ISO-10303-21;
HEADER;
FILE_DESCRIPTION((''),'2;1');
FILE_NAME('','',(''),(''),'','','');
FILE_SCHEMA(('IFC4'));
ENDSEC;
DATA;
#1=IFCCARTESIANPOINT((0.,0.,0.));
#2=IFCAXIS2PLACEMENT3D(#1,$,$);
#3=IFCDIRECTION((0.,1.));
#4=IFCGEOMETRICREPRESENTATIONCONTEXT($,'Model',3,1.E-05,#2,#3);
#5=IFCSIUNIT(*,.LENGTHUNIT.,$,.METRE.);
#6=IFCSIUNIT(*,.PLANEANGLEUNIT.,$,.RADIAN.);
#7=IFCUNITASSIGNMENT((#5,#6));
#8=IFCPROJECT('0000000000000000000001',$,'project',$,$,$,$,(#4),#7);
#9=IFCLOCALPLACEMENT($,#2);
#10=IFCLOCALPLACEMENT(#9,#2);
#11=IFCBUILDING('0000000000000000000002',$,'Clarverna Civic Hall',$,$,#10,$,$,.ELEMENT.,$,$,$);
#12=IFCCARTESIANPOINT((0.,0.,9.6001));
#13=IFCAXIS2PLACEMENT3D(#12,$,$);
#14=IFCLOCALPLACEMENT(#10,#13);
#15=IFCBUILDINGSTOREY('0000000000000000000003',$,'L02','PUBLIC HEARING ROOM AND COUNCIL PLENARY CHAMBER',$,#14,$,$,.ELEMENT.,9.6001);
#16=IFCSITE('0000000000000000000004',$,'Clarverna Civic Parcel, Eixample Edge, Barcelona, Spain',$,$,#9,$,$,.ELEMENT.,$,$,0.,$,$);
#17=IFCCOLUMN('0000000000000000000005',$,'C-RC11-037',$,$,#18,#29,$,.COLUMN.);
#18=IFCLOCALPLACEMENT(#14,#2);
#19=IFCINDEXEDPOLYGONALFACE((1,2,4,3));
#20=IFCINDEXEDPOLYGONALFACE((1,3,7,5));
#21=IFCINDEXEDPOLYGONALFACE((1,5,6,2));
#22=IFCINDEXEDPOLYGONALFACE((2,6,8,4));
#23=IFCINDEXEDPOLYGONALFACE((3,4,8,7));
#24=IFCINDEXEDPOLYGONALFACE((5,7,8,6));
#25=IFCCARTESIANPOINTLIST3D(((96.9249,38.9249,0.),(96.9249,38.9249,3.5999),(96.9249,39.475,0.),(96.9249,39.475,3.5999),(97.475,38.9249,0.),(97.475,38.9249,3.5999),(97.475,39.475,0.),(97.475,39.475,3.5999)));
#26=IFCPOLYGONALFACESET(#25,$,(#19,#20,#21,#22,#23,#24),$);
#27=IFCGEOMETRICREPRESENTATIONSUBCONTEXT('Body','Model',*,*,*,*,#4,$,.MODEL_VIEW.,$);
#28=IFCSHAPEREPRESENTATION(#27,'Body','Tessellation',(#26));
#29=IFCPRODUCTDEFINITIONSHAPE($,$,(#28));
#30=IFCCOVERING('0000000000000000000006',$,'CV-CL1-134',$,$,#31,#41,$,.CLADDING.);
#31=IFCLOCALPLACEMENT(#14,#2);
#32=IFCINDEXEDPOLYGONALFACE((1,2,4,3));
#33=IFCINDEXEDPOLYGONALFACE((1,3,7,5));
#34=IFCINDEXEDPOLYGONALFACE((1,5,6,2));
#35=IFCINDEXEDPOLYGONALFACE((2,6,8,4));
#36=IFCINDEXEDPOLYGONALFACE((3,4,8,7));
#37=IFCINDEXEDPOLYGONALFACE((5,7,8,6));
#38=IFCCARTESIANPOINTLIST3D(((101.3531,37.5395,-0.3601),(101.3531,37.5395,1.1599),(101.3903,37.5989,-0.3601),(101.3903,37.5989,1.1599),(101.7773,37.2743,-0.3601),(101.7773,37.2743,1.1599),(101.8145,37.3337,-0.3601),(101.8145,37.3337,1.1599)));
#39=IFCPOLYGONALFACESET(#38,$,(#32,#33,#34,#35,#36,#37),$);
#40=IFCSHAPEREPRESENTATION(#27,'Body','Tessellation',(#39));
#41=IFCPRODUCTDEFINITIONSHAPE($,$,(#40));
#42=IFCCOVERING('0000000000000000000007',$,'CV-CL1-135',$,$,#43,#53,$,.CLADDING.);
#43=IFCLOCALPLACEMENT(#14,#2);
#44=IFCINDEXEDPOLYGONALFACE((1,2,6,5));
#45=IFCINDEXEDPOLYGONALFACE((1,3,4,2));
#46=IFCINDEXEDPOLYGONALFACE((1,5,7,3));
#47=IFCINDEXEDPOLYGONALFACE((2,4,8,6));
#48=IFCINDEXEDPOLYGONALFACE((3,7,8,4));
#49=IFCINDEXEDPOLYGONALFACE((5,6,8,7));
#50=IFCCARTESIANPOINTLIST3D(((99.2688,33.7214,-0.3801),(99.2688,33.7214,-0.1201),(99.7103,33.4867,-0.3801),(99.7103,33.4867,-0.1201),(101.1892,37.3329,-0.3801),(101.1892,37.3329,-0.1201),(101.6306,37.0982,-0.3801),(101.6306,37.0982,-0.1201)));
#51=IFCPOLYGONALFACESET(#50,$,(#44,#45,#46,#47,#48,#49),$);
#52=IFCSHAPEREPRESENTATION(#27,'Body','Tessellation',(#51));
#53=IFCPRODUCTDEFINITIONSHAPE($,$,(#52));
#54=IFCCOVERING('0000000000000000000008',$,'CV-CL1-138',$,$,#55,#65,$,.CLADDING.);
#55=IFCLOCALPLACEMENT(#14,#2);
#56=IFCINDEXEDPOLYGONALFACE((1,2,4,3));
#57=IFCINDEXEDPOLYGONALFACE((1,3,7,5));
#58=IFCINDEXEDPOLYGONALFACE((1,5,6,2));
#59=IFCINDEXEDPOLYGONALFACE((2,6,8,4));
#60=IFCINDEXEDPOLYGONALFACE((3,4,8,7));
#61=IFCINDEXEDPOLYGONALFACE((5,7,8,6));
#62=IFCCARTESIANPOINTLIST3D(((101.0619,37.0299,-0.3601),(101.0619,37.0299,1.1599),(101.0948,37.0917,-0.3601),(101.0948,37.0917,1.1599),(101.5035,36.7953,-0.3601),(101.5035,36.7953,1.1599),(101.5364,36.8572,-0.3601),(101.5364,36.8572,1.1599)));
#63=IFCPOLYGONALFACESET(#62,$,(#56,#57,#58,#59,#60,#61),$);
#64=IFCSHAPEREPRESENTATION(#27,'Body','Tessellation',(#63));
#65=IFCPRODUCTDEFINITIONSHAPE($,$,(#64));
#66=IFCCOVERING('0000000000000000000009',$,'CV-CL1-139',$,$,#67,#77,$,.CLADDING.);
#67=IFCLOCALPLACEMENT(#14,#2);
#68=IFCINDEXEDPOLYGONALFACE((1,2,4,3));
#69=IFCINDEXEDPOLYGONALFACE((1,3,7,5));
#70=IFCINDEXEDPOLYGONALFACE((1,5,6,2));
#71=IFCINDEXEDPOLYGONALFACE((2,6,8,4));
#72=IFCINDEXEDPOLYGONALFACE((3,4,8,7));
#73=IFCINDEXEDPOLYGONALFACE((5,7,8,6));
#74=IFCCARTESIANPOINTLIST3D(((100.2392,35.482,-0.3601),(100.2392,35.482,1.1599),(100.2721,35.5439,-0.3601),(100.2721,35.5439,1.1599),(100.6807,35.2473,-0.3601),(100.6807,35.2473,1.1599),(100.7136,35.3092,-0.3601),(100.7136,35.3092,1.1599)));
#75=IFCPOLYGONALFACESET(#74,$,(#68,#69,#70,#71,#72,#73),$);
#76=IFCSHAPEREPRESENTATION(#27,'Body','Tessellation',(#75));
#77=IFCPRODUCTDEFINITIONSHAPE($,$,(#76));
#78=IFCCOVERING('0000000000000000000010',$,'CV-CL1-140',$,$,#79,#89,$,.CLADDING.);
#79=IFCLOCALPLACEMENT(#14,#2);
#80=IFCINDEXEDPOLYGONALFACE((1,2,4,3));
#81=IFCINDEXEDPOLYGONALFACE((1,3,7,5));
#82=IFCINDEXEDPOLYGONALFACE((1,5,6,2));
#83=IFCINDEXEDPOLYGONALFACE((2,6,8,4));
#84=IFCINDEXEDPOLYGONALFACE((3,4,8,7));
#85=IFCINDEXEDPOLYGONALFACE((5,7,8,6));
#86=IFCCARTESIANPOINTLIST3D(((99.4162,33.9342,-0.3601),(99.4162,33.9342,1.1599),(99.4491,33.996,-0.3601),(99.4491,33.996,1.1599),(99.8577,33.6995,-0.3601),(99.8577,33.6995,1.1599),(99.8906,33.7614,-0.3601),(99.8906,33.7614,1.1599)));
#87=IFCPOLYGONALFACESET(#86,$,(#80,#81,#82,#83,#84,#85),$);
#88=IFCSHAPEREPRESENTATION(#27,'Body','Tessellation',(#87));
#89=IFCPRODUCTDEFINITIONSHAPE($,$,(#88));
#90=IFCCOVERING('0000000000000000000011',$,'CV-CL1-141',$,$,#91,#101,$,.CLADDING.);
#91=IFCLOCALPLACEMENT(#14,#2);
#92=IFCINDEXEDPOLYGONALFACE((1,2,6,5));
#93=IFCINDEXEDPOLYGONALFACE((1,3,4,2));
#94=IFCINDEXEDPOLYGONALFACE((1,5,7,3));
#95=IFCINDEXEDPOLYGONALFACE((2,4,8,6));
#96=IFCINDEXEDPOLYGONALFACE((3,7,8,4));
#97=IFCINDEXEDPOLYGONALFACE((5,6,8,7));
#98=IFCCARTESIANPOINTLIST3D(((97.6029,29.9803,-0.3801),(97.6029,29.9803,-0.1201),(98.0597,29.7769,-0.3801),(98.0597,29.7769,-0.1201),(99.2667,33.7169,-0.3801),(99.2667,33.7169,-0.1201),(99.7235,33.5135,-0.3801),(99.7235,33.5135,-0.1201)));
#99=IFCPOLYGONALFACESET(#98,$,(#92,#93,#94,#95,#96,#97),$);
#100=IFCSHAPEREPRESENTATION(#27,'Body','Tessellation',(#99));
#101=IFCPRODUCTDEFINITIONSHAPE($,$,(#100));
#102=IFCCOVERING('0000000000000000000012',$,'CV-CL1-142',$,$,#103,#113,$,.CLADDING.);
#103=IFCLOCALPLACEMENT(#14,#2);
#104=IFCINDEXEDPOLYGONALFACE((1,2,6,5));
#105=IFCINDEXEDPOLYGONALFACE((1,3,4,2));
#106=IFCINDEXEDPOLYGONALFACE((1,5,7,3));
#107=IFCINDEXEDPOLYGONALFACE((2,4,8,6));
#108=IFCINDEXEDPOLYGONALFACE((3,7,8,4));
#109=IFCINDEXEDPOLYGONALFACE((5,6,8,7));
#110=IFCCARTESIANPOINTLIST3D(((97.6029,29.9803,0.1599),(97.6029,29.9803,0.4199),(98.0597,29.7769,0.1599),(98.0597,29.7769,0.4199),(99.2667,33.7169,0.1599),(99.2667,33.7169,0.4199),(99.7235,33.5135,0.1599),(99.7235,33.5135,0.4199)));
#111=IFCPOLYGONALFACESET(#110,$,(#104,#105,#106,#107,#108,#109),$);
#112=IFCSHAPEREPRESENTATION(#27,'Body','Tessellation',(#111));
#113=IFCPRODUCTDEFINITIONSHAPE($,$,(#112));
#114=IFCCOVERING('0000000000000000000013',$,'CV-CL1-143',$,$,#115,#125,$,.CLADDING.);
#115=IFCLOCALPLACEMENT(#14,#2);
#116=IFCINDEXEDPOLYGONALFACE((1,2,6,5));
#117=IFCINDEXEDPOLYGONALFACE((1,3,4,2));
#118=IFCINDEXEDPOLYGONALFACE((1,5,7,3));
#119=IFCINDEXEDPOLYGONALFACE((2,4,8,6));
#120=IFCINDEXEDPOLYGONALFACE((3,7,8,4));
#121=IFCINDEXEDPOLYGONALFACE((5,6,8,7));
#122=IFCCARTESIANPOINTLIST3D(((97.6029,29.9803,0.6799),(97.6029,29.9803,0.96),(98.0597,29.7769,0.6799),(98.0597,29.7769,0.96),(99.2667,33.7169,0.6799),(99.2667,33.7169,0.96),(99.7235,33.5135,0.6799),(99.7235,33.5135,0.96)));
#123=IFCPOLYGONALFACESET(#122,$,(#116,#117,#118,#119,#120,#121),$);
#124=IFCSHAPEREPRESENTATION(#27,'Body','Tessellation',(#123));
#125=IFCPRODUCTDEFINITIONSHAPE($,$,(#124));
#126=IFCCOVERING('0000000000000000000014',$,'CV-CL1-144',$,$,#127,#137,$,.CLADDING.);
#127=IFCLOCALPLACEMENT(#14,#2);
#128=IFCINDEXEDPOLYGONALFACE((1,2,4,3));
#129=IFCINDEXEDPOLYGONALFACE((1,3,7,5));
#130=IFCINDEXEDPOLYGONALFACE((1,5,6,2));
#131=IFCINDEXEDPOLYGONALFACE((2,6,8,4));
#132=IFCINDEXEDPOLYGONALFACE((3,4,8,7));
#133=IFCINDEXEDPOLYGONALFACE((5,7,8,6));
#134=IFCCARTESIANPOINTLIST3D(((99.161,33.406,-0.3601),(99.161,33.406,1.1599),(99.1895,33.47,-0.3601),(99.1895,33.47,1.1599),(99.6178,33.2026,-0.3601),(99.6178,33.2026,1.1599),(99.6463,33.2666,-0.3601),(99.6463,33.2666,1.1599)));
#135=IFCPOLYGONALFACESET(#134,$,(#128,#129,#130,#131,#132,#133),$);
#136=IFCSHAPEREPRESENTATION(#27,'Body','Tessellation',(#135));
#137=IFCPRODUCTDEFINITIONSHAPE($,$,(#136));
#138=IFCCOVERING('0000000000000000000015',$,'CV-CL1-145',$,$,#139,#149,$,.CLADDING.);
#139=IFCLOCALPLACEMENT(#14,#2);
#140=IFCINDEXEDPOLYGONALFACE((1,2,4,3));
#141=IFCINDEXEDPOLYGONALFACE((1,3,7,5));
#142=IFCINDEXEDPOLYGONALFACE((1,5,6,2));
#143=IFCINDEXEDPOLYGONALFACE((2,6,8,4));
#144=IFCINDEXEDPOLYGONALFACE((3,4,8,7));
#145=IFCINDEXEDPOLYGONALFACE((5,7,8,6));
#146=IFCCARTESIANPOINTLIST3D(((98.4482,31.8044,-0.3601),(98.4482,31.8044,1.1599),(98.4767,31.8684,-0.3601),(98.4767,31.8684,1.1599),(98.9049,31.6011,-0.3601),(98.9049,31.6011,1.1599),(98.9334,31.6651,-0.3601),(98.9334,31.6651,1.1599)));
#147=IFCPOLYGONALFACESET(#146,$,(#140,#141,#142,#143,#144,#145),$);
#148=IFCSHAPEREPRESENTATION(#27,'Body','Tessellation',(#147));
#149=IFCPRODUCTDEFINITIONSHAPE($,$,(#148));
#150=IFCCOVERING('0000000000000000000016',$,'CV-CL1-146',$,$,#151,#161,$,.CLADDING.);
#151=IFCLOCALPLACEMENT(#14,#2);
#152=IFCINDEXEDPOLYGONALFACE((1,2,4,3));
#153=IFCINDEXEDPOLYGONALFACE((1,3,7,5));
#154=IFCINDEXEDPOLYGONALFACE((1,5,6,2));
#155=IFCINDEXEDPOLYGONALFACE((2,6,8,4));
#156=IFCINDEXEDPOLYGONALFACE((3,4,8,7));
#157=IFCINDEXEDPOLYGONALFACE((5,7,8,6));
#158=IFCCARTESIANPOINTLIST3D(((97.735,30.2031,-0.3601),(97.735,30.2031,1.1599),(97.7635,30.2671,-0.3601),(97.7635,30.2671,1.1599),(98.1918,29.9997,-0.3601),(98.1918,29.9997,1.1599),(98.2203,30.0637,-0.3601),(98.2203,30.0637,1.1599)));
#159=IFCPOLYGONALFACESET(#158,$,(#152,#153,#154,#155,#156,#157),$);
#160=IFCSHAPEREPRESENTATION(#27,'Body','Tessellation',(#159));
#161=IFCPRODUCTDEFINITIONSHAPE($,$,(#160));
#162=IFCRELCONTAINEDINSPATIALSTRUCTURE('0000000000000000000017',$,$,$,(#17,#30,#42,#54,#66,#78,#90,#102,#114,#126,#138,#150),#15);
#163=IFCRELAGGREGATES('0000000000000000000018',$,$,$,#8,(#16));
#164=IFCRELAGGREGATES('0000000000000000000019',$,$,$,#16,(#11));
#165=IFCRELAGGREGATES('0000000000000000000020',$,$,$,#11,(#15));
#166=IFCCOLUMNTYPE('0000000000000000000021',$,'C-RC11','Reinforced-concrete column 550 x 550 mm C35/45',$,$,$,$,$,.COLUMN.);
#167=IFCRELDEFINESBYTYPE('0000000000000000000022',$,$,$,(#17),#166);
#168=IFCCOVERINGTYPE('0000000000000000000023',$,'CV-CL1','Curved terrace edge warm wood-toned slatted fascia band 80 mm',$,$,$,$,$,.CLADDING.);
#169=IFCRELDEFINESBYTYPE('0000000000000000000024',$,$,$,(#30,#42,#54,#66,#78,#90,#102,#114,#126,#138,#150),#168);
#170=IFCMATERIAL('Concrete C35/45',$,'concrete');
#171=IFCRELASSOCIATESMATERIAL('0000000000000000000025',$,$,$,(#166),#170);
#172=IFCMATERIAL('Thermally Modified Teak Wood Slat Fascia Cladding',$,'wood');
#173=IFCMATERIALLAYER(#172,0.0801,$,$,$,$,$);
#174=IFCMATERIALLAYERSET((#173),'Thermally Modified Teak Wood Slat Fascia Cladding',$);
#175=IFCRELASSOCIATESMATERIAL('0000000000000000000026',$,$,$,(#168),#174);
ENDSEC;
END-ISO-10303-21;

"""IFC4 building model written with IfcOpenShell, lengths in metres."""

from ifc_helpers import new_model, si_unit, direction, frame, frame_2d, origin, origin_2d, place, context, subcontext, project, spatial, rectangle, extrude, material, layer, layer_set, material_profile, profile_set, type_object, element, save


model = new_model("IFC4")

# Units and contexts
model_context = context("Model", 3, precision=1e-05, world=origin(), true_north=direction((0.0, 1.0)))
body_context = subcontext(model_context, "Body", "Model", "MODEL_VIEW")
ifc_project = project(units=[si_unit("LENGTHUNIT", "METRE"), si_unit("PLANEANGLEUNIT", "RADIAN")], contexts=[model_context])

# Site, building, storey
site_placement = place(None, origin())
site = spatial("IfcSite", under=ifc_project, at=site_placement, Name="Clarverna Civic Parcel, Eixample Edge, Barcelona, Spain", CompositionType="ELEMENT", RefElevation=0.0)
building_placement = place(site_placement, origin())
building = spatial("IfcBuilding", under=site, at=building_placement, Name="Clarverna Civic Hall", CompositionType="ELEMENT")
storey_placement = place(building_placement, frame((0.0, 0.0, 9.6001)))
storey = spatial("IfcBuildingStorey", under=building, at=storey_placement, Name="L02", Description="PUBLIC HEARING ROOM AND COUNCIL PLENARY CHAMBER", CompositionType="ELEMENT", Elevation=9.6001)

# Column
ifc_material_1 = material(Name="Concrete C35/45", Category="concrete")
ifc_material_profile = material_profile(ifc_material_1, rectangle(XDim=0.55, YDim=0.55, at=origin_2d()), Name="RC 550x550")
ifc_profile_set = profile_set([ifc_material_profile], Name="Concrete C35/45")
column_type = type_object("IfcColumnType", Name="C-RC11", Description="Reinforced-concrete column 550 x 550 mm C35/45", PredefinedType="COLUMN", material=ifc_profile_set)
column_placement = place(storey_placement, frame((97.2, 39.2, 0.0), z_axis=(0.0, 0.0, 1.0), x_axis=(1.0, 0.0, 0.0)))
element("IfcColumn", 1, at=column_placement, inside=storey, type_object=column_type, Name="C-RC11-037", PredefinedType="COLUMN", context=body_context, shape_type="SweptSolid", body=[
    extrude(rectangle(XDim=0.55, YDim=0.55, at=origin_2d()), origin(), (0.0, 0.0, 1.0), 3.5999),
])

# Coverings
ifc_material_2 = material(Name="Thermally Modified Teak Wood Slat Fascia Cladding", Category="wood")
ifc_layer_1 = layer(ifc_material_2, 0.0801)
ifc_layer_set_1 = layer_set([ifc_layer_1], Name="Thermally Modified Teak Wood Slat Fascia Cladding")
covering_type = type_object("IfcCoveringType", Name="CV-CL1", Description="Curved terrace edge warm wood-toned slatted fascia band 80 mm", PredefinedType="CLADDING", material=ifc_layer_set_1)
covering_1_placement = place(storey_placement, frame((101.3718, 37.5691, -0.3601), z_axis=(0.0, 0.0, 1.0), x_axis=(0.847916, -0.530131, 0.0)))
element("IfcCovering", 2, at=covering_1_placement, inside=storey, type_object=covering_type, Name="CV-CL1-134", PredefinedType="CLADDING", context=body_context, shape_type="SweptSolid", body=[
    extrude(rectangle(XDim=0.5002, YDim=0.0701, at=frame_2d((0.25, 0.0))), origin(), (0.0, 0.0, 1.0), 1.52),
])
covering_2_placement = place(storey_placement, frame((101.4099, 37.2156, -0.3801), z_axis=(0.0, 0.0, 1.0), x_axis=(-0.469491, -0.882937, 0.0)))
element("IfcCovering", 3, at=covering_2_placement, inside=storey, type_object=covering_type, Name="CV-CL1-135", PredefinedType="CLADDING", context=body_context, shape_type="SweptSolid", body=[
    extrude(rectangle(XDim=4.0903, YDim=0.5, at=frame_2d((2.0452, 0.0))), origin(), (0.0, 0.0, 1.0), 0.26),
])
for number, where, z_axis, x_axis, name in (
    (4, (101.0784, 37.0608, -0.3601), (0.0, 0.0, 1.0), (0.883122, -0.469143, 0.0), "CV-CL1-138"),
    (5, (100.2556, 35.5129, -0.3601), (0.0, 0.0, 1.0), (0.883015, -0.469346, 0.0), "CV-CL1-139"),
    (6, (99.4326, 33.9651, -0.3601), (0.0, 0.0, 1.0), (0.883015, -0.469346, 0.0), "CV-CL1-140"),
):
    element("IfcCovering", number, at=place(storey_placement, frame(where, z_axis=z_axis, x_axis=x_axis)), inside=storey, type_object=covering_type, Name=name, PredefinedType="CLADDING", context=body_context, shape_type="SweptSolid", body=[
        extrude(rectangle(XDim=0.5, YDim=0.0701, at=frame_2d((0.25, 0.0))), origin(), (0.0, 0.0, 1.0), 1.52),
    ])
for number, where, z_axis, x_axis, name in (
    (7, (99.4951, 33.6152, -0.3801), (0.0, 0.0, 1.0), (-0.406775, -0.913528, 0.0), "CV-CL1-141"),
    (8, (99.4951, 33.6152, 0.1599), (0.0, 0.0, 1.0), (-0.406775, -0.913528, 0.0), "CV-CL1-142"),
):
    element("IfcCovering", number, at=place(storey_placement, frame(where, z_axis=z_axis, x_axis=x_axis)), inside=storey, type_object=covering_type, Name=name, PredefinedType="CLADDING", context=body_context, shape_type="SweptSolid", body=[
        extrude(rectangle(XDim=4.0903, YDim=0.5, at=frame_2d((2.0452, 0.0))), origin(), (0.0, 0.0, 1.0), 0.26),
    ])
covering_3_placement = place(storey_placement, frame((99.4951, 33.6152, 0.6799), z_axis=(0.0, 0.0, 1.0), x_axis=(-0.406775, -0.913528, 0.0)))
element("IfcCovering", 9, at=covering_3_placement, inside=storey, type_object=covering_type, Name="CV-CL1-143", PredefinedType="CLADDING", context=body_context, shape_type="SweptSolid", body=[
    extrude(rectangle(XDim=4.0903, YDim=0.5, at=frame_2d((2.0452, 0.0))), origin(), (0.0, 0.0, 1.0), 0.28),
])
for number, where, z_axis, x_axis, name in (
    (10, (99.1753, 33.438, -0.3601), (0.0, 0.0, 1.0), (0.91355, -0.406727, 0.0), "CV-CL1-144"),
    (11, (98.4624, 31.8364, -0.3601), (0.0, 0.0, 1.0), (0.91355, -0.406727, 0.0), "CV-CL1-145"),
    (12, (97.7493, 30.2351, -0.3601), (0.0, 0.0, 1.0), (0.91355, -0.406727, 0.0), "CV-CL1-146"),
):
    element("IfcCovering", number, at=place(storey_placement, frame(where, z_axis=z_axis, x_axis=x_axis)), inside=storey, type_object=covering_type, Name=name, PredefinedType="CLADDING", context=body_context, shape_type="SweptSolid", body=[
        extrude(rectangle(XDim=0.5, YDim=0.0701, at=frame_2d((0.25, 0.0))), origin(), (0.0, 0.0, 1.0), 1.52),
    ])

save(model, "model.ifc")
